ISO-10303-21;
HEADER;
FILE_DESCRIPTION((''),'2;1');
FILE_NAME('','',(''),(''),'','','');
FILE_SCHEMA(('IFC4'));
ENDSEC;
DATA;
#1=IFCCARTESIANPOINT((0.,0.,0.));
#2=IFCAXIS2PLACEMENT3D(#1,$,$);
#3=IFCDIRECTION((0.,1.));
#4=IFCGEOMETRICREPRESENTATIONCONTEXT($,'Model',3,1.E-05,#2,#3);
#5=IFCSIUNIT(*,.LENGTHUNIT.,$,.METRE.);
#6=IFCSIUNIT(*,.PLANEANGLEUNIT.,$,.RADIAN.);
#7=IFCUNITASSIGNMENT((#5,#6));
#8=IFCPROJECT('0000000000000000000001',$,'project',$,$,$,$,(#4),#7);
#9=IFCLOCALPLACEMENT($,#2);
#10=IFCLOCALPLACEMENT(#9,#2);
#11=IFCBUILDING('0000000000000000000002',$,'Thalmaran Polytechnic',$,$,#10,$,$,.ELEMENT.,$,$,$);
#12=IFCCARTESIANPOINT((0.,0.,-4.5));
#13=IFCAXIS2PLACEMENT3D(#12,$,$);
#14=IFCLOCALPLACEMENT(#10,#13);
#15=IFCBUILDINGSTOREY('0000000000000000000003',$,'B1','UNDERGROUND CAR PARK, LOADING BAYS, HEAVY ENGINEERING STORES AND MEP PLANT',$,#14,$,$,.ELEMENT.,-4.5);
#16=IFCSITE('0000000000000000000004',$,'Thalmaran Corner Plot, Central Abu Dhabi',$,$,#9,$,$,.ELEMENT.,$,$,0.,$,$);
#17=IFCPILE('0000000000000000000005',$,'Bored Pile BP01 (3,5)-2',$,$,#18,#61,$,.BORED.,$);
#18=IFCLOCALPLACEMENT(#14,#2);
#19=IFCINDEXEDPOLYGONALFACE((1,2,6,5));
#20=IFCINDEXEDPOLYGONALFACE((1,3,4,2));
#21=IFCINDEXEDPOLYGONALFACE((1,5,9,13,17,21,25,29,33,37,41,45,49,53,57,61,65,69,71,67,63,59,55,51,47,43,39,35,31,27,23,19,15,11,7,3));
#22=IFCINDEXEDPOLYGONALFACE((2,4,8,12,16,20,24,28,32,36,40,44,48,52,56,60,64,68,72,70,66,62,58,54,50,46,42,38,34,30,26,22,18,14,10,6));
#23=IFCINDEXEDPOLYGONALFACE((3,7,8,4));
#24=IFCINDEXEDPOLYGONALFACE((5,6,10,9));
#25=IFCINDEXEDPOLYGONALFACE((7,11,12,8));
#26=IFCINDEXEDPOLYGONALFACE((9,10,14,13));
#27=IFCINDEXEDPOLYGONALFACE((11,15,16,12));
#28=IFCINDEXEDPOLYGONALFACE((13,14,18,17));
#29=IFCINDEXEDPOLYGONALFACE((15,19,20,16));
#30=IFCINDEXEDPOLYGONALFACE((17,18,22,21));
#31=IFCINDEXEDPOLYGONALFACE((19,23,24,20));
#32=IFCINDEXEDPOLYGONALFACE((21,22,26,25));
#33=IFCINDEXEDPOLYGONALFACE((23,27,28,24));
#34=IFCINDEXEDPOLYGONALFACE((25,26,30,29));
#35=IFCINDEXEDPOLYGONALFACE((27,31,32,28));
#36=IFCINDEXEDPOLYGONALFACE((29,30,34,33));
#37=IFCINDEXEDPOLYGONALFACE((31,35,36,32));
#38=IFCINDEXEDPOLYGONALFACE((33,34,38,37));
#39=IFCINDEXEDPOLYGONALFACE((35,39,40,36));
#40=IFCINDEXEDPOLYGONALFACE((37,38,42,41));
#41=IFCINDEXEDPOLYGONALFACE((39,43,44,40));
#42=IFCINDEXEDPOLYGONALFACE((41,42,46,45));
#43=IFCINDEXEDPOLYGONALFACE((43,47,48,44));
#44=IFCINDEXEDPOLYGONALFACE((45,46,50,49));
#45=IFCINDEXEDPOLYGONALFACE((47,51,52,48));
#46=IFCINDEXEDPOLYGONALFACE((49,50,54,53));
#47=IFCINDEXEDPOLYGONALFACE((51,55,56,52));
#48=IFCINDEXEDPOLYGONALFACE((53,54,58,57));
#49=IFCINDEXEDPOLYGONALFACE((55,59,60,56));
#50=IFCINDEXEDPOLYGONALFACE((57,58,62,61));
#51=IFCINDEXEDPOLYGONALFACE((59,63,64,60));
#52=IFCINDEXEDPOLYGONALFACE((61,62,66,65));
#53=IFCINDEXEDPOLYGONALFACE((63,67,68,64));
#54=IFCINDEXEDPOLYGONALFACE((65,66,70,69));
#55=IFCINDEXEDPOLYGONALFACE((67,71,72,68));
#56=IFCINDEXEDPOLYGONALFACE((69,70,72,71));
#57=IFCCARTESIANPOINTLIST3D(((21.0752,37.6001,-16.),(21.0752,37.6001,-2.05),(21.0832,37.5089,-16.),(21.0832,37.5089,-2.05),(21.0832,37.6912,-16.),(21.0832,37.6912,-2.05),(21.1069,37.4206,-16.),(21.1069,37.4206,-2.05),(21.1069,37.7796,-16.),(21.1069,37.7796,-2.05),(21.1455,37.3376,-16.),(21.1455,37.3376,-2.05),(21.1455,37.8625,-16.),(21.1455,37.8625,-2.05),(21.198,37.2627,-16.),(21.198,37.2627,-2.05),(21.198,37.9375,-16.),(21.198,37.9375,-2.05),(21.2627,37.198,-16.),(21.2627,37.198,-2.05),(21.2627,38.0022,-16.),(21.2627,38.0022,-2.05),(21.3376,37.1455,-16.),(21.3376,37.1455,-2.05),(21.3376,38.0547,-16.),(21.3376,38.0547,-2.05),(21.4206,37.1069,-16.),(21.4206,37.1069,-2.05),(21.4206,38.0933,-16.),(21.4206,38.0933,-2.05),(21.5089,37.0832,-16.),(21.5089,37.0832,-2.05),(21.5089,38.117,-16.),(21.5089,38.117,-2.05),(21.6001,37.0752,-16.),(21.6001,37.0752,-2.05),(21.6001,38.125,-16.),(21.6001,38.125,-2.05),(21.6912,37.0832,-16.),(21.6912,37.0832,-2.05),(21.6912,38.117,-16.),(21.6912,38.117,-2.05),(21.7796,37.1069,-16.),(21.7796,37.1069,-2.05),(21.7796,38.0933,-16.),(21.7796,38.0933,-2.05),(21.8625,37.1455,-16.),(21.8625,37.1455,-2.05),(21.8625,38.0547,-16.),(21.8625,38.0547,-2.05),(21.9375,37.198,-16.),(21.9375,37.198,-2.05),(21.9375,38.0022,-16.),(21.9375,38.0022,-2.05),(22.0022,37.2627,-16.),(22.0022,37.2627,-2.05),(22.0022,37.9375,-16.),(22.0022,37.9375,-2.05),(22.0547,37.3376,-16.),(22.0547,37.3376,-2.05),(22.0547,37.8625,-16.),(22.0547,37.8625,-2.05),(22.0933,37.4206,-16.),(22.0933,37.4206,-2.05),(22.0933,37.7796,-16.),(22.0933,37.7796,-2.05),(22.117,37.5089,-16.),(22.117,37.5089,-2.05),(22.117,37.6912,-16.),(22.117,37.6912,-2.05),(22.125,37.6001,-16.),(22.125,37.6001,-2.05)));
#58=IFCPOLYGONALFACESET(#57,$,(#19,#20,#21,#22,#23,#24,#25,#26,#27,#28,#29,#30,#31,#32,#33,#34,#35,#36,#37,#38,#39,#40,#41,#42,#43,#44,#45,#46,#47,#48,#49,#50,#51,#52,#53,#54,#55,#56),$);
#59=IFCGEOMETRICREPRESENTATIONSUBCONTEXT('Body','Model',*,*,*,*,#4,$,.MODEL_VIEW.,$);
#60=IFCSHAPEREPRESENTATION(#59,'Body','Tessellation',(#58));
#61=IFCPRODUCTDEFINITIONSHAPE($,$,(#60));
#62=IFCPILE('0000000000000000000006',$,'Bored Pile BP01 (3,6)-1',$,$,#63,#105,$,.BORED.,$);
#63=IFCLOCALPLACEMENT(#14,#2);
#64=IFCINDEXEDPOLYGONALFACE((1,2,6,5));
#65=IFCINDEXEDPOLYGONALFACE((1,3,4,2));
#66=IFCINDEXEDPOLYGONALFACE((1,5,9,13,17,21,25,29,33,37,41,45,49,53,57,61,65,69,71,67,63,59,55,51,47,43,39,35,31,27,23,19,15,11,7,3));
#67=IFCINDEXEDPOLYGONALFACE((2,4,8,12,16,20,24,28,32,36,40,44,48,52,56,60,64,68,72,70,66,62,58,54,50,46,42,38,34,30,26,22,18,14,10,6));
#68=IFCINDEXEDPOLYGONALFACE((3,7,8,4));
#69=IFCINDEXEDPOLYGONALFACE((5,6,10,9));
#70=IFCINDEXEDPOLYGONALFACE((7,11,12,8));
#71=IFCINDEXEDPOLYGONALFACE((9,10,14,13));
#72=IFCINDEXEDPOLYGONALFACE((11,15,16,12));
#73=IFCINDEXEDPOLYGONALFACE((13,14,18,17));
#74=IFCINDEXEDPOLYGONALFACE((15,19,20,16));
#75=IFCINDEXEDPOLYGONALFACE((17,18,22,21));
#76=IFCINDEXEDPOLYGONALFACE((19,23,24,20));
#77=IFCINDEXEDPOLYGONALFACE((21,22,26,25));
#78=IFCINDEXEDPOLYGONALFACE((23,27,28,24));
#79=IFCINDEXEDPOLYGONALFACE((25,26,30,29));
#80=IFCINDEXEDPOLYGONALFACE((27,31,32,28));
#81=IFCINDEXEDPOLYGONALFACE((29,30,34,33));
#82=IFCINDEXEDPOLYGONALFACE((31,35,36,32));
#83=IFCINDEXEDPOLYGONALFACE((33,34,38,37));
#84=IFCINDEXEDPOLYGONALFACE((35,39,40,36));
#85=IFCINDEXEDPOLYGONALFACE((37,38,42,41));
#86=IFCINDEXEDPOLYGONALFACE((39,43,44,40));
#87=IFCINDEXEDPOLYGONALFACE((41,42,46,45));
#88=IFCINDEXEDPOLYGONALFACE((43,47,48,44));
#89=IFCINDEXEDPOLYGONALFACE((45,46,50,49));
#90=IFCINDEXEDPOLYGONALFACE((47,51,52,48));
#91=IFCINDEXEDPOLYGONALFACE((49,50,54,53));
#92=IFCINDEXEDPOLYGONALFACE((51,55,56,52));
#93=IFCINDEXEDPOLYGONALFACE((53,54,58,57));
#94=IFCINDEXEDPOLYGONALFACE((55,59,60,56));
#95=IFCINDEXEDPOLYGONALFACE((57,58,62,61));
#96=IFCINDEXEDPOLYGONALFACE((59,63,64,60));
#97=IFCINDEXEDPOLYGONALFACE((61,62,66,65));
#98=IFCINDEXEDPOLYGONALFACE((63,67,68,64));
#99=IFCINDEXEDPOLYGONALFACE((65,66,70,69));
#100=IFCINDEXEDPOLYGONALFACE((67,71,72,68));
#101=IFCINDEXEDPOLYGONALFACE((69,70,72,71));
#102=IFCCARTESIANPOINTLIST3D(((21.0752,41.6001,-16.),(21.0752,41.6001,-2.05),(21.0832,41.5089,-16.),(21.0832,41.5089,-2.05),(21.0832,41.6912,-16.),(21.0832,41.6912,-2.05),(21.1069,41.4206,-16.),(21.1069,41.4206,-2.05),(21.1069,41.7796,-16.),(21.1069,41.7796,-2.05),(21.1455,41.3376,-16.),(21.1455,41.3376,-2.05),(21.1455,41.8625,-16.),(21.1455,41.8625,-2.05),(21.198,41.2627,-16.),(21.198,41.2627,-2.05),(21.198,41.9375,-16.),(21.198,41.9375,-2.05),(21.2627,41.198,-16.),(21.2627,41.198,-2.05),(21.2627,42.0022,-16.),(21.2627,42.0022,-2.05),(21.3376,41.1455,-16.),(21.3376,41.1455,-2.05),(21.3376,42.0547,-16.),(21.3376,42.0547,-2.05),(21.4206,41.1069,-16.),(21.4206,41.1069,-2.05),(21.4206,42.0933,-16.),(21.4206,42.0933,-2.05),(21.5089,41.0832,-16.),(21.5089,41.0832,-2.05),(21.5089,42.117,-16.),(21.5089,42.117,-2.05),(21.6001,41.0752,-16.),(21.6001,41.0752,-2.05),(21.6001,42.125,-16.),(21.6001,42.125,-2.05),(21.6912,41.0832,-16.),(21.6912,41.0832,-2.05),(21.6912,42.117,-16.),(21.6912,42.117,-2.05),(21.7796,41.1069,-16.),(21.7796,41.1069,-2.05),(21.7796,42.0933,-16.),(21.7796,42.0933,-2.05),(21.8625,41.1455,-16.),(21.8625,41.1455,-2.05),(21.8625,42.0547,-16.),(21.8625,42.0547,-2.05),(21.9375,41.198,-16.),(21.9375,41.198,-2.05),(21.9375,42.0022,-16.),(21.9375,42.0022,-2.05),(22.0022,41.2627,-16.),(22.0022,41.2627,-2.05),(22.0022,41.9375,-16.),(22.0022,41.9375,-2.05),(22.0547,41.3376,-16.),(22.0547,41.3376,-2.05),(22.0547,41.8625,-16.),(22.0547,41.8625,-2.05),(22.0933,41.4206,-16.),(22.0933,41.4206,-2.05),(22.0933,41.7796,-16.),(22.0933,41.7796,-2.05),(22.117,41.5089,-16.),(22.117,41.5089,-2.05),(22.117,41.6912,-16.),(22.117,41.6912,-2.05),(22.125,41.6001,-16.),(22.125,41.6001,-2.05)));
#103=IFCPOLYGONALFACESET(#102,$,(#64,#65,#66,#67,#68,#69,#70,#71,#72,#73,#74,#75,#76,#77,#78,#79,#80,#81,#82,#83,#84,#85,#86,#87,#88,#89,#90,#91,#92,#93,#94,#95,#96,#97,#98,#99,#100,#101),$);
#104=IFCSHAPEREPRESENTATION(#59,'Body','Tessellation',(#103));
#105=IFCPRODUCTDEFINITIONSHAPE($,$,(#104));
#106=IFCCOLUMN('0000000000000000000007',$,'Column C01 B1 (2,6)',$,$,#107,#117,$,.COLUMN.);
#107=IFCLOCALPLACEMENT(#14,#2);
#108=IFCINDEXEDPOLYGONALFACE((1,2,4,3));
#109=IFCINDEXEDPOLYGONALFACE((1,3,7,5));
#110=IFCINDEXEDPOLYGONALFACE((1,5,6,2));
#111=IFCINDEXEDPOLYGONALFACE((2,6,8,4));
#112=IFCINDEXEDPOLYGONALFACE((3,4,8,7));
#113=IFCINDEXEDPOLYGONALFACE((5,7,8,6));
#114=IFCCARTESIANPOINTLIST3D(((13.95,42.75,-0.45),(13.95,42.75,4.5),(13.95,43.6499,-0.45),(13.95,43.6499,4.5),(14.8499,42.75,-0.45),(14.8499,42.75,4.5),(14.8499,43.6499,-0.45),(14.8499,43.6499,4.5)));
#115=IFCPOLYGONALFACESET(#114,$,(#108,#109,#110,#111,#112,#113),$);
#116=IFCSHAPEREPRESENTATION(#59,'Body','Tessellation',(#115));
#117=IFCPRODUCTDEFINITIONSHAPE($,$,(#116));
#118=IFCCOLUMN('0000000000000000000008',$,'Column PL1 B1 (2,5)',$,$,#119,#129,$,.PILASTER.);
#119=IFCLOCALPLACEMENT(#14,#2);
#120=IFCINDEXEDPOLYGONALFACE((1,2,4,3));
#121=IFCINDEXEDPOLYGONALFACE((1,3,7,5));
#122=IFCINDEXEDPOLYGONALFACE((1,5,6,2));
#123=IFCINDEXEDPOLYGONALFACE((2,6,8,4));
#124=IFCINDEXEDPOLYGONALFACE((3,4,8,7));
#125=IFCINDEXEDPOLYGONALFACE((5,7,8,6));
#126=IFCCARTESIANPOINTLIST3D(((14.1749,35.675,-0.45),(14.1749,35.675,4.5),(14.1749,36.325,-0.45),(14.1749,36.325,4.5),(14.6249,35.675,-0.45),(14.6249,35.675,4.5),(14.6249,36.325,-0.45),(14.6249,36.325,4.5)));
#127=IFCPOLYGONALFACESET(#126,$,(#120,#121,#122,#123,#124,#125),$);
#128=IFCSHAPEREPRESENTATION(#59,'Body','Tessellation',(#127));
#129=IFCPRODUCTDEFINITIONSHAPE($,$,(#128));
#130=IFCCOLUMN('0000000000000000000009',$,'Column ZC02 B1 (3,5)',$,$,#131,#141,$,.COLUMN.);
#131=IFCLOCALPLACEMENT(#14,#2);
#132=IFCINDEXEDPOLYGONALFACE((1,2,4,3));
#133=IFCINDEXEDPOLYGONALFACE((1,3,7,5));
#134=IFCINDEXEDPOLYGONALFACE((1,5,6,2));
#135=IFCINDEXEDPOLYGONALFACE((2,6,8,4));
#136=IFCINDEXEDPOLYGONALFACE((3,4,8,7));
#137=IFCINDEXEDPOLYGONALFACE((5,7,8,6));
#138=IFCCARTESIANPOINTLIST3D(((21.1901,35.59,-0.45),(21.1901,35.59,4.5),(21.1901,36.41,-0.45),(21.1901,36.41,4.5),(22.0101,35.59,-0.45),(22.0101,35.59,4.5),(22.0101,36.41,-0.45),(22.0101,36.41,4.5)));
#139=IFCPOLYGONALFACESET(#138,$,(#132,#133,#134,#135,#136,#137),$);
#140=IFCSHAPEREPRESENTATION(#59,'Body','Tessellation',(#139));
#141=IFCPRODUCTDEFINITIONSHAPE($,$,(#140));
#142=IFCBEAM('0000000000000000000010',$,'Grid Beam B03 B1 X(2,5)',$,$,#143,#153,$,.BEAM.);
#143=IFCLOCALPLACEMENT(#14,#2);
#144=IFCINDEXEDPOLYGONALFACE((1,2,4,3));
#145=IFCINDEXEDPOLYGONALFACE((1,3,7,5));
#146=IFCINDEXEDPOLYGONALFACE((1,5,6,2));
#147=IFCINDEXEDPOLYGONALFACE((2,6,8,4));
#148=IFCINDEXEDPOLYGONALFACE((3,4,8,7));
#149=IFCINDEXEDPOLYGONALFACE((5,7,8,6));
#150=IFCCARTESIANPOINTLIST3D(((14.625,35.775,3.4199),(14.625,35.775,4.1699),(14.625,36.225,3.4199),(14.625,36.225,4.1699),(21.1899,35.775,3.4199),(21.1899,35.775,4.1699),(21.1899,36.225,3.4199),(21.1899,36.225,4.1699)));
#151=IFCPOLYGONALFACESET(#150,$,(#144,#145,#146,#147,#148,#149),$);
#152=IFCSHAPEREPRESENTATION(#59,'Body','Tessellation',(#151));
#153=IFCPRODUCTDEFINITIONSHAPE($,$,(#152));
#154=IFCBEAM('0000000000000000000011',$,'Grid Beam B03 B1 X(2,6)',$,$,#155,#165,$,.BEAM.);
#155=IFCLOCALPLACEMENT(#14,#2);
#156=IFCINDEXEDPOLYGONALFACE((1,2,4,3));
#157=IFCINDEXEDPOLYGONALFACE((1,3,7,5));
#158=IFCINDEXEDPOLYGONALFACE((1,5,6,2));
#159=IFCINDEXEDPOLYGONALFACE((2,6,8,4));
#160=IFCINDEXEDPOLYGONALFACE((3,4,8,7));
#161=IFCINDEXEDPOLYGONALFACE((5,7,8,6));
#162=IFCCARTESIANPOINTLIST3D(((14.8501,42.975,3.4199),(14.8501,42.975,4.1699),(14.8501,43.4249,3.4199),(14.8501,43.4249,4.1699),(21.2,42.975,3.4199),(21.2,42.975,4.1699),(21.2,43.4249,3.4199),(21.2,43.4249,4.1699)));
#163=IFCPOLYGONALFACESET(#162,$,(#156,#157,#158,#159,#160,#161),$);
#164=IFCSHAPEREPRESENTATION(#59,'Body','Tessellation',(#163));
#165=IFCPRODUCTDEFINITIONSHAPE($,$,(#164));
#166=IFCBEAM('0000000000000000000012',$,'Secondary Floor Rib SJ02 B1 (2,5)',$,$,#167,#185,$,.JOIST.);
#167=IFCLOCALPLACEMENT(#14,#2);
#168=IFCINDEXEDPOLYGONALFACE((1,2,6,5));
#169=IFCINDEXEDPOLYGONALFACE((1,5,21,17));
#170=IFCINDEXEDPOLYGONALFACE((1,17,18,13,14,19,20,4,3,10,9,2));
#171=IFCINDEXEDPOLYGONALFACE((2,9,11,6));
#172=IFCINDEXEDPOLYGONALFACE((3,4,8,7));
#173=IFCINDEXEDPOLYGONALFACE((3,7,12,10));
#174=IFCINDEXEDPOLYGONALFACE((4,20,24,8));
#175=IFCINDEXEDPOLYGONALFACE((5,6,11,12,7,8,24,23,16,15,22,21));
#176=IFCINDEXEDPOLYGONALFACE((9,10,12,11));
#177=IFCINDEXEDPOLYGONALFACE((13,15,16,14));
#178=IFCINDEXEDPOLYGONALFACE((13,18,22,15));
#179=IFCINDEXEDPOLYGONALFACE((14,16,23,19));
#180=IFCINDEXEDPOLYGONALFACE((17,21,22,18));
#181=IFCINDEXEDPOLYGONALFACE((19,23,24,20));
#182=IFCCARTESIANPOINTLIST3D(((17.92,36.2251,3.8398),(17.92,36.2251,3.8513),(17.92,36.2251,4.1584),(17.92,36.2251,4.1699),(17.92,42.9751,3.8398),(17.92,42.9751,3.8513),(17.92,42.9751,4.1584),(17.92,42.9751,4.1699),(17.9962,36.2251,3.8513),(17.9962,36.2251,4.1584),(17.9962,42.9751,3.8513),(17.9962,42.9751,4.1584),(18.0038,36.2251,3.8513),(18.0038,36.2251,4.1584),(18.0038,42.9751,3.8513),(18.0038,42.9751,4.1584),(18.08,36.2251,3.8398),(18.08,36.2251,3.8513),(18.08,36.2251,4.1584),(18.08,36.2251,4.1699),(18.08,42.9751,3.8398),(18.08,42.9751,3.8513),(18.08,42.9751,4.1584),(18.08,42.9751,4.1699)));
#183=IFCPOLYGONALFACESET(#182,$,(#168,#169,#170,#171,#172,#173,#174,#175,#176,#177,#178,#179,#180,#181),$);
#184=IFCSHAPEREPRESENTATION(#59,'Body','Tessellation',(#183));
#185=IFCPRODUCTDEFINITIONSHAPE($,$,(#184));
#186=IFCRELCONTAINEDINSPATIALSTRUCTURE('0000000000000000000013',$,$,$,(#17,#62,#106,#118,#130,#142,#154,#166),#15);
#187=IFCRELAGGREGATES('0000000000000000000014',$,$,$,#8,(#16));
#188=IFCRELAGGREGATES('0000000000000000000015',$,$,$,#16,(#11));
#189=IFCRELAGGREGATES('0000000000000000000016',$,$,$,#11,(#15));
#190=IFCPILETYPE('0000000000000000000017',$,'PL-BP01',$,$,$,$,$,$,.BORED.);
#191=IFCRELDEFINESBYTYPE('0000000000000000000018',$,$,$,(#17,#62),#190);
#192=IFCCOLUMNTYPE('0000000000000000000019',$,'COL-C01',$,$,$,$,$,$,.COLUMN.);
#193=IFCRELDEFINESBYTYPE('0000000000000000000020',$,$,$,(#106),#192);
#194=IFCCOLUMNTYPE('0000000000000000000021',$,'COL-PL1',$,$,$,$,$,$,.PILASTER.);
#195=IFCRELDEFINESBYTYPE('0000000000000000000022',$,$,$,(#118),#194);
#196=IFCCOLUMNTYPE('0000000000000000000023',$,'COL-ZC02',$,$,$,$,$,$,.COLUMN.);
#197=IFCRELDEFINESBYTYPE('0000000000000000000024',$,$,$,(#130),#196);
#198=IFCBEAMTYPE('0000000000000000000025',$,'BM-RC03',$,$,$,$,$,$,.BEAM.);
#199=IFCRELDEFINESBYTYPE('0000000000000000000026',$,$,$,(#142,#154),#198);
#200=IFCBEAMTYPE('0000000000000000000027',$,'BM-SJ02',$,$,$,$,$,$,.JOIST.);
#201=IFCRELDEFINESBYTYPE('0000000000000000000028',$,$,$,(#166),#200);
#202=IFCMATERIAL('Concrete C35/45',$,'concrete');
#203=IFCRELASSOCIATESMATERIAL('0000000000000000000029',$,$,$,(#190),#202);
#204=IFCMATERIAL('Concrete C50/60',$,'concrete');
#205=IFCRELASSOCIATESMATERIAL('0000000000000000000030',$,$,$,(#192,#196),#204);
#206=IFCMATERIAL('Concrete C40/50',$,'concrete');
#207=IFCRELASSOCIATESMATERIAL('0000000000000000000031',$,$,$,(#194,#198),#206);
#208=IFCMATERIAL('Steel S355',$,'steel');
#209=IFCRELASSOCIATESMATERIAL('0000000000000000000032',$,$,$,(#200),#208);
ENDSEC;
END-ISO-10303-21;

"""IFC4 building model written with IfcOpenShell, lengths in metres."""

from ifc_helpers import new_model, si_unit, direction, frame, origin, origin_2d, place, context, subcontext, project, spatial, rectangle, circle, i_section, extrude, material, material_profile, profile_set, type_object, element, save


model = new_model("IFC4")

# Units and contexts
model_context = context("Model", 3, precision=1e-05, world=origin(), true_north=direction((0.0, 1.0)))
body_context = subcontext(model_context, "Body", "Model", "MODEL_VIEW")
ifc_project = project(units=[si_unit("LENGTHUNIT", "METRE"), si_unit("PLANEANGLEUNIT", "RADIAN")], contexts=[model_context])

# Site, building, storey
site_placement = place(None, origin())
site = spatial("IfcSite", under=ifc_project, at=site_placement, Name="Thalmaran Corner Plot, Central Abu Dhabi", CompositionType="ELEMENT", RefElevation=0.0)
building_placement = place(site_placement, origin())
building = spatial("IfcBuilding", under=site, at=building_placement, Name="Thalmaran Polytechnic", CompositionType="ELEMENT")
storey_placement = place(building_placement, frame((0.0, 0.0, -4.5)))
storey = spatial("IfcBuildingStorey", under=building, at=storey_placement, Name="B1", Description="UNDERGROUND CAR PARK, LOADING BAYS, HEAVY ENGINEERING STORES AND MEP PLANT", CompositionType="ELEMENT", Elevation=-4.5)

# Shared definitions
ifc_material_1 = material(Name="Concrete C40/50", Category="concrete")

# Piles
ifc_material_2 = material(Name="Concrete C35/45", Category="concrete")
ifc_material_profile_1 = material_profile(ifc_material_2, circle(Radius=0.5249, at=origin_2d()), Name="RC 1050 DIA")
ifc_profile_set_1 = profile_set([ifc_material_profile_1], Name="Concrete C35/45")
pile_type = type_object("IfcPileType", Name="PL-BP01", PredefinedType="BORED", material=ifc_profile_set_1)
for number, where, z_axis, x_axis, name in (
    (1, (21.6001, 37.6001, -2.05), (0.0, 0.0, -1.0), (1.0, 0.0, 0.0), "Bored Pile BP01 (3,5)-2"),
    (2, (21.6001, 41.6001, -2.05), (0.0, 0.0, -1.0), (1.0, 0.0, 0.0), "Bored Pile BP01 (3,6)-1"),
):
    element("IfcPile", number, at=place(storey_placement, frame(where, z_axis=z_axis, x_axis=x_axis)), inside=storey, type_object=pile_type, Name=name, PredefinedType="BORED", context=body_context, shape_type="SweptSolid", body=[
        extrude(circle(Radius=0.5249, at=origin_2d()), origin(), (0.0, 0.0, 1.0), 13.95),
    ])

# Columns
ifc_material_3 = material(Name="Concrete C50/60", Category="concrete")
ifc_material_profile_2 = material_profile(ifc_material_3, rectangle(XDim=0.8999, YDim=0.8999, at=origin_2d()), Name="RC 900x900")
ifc_profile_set_2 = profile_set([ifc_material_profile_2], Name="Concrete C50/60")
column_type_1 = type_object("IfcColumnType", Name="COL-C01", PredefinedType="COLUMN", material=ifc_profile_set_2)
column_1_placement = place(storey_placement, frame((14.3999, 43.2, -0.45), z_axis=(0.0, 0.0, 1.0), x_axis=(1.0, 0.0, 0.0)))
element("IfcColumn", 3, at=column_1_placement, inside=storey, type_object=column_type_1, Name="Column C01 B1 (2,6)", PredefinedType="COLUMN", context=body_context, shape_type="SweptSolid", body=[
    extrude(rectangle(XDim=0.8999, YDim=0.8999, at=origin_2d()), origin(), (0.0, 0.0, 1.0), 4.95),
])
ifc_material_profile_3 = material_profile(ifc_material_1, rectangle(XDim=0.45, YDim=0.6499, at=origin_2d()), Name="RC 450x650")
ifc_profile_set_3 = profile_set([ifc_material_profile_3], Name="Concrete C40/50")
column_type_2 = type_object("IfcColumnType", Name="COL-PL1", PredefinedType="PILASTER", material=ifc_profile_set_3)
column_2_placement = place(storey_placement, frame((14.3999, 36.0, -0.45), z_axis=(0.0, 0.0, 1.0), x_axis=(1.0, 0.0, 0.0)))
element("IfcColumn", 4, at=column_2_placement, inside=storey, type_object=column_type_2, Name="Column PL1 B1 (2,5)", PredefinedType="PILASTER", context=body_context, shape_type="SweptSolid", body=[
    extrude(rectangle(XDim=0.45, YDim=0.6499, at=origin_2d()), origin(), (0.0, 0.0, 1.0), 4.95),
])
ifc_material_profile_4 = material_profile(ifc_material_3, rectangle(XDim=0.8201, YDim=0.8201, at=origin_2d()), Name="RC 820x820")
ifc_profile_set_4 = profile_set([ifc_material_profile_4], Name="Concrete C50/60")
column_type_3 = type_object("IfcColumnType", Name="COL-ZC02", PredefinedType="COLUMN", material=ifc_profile_set_4)
column_3_placement = place(storey_placement, frame((21.6001, 36.0, -0.45), z_axis=(0.0, 0.0, 1.0), x_axis=(1.0, 0.0, 0.0)))
element("IfcColumn", 5, at=column_3_placement, inside=storey, type_object=column_type_3, Name="Column ZC02 B1 (3,5)", PredefinedType="COLUMN", context=body_context, shape_type="SweptSolid", body=[
    extrude(rectangle(XDim=0.8201, YDim=0.8201, at=origin_2d()), origin(), (0.0, 0.0, 1.0), 4.95),
])

# Beams
ifc_material_profile_5 = material_profile(ifc_material_1, rectangle(XDim=0.45, YDim=0.75, at=origin_2d()), Name="RC 450x750")
ifc_profile_set_5 = profile_set([ifc_material_profile_5], Name="Concrete C40/50")
beam_type_1 = type_object("IfcBeamType", Name="BM-RC03", PredefinedType="BEAM", material=ifc_profile_set_5)
beam_1_placement = place(storey_placement, frame((14.625, 36.0, 3.7949), z_axis=(1.0, 0.0, 0.0), x_axis=(0.0, 1.0, 0.0)))
element("IfcBeam", 6, at=beam_1_placement, inside=storey, type_object=beam_type_1, Name="Grid Beam B03 B1 X(2,5)", PredefinedType="BEAM", context=body_context, shape_type="SweptSolid", body=[
    extrude(rectangle(XDim=0.45, YDim=0.75, at=origin_2d()), origin(), (0.0, 0.0, 1.0), 6.5649),
])
beam_2_placement = place(storey_placement, frame((14.8501, 43.2, 3.7949), z_axis=(1.0, 0.0, 0.0), x_axis=(0.0, 1.0, 0.0)))
element("IfcBeam", 7, at=beam_2_placement, inside=storey, type_object=beam_type_1, Name="Grid Beam B03 B1 X(2,6)", PredefinedType="BEAM", context=body_context, shape_type="SweptSolid", body=[
    extrude(rectangle(XDim=0.45, YDim=0.75, at=origin_2d()), origin(), (0.0, 0.0, 1.0), 6.3499),
])
ifc_material_4 = material(Name="Steel S355", Category="steel")
ifc_material_profile_6 = material_profile(ifc_material_4, i_section(OverallWidth=0.1599, OverallDepth=0.3301, WebThickness=0.0076, FlangeThickness=0.0115, at=origin_2d()), Name="IPE 330")
ifc_profile_set_6 = profile_set([ifc_material_profile_6], Name="Steel S355")
beam_type_2 = type_object("IfcBeamType", Name="BM-SJ02", PredefinedType="JOIST", material=ifc_profile_set_6)
beam_3_placement = place(storey_placement, frame((18.0, 36.2251, 4.0049), z_axis=(0.0, 1.0, 0.0), x_axis=(-1.0, 0.0, 0.0)))
element("IfcBeam", 8, at=beam_3_placement, inside=storey, type_object=beam_type_2, Name="Secondary Floor Rib SJ02 B1 (2,5)", PredefinedType="JOIST", context=body_context, shape_type="SweptSolid", body=[
    extrude(i_section(OverallWidth=0.1599, OverallDepth=0.3301, WebThickness=0.0076, FlangeThickness=0.0115, at=origin_2d()), origin(), (0.0, 0.0, 1.0), 6.75),
])

save(model, "model.ifc")
